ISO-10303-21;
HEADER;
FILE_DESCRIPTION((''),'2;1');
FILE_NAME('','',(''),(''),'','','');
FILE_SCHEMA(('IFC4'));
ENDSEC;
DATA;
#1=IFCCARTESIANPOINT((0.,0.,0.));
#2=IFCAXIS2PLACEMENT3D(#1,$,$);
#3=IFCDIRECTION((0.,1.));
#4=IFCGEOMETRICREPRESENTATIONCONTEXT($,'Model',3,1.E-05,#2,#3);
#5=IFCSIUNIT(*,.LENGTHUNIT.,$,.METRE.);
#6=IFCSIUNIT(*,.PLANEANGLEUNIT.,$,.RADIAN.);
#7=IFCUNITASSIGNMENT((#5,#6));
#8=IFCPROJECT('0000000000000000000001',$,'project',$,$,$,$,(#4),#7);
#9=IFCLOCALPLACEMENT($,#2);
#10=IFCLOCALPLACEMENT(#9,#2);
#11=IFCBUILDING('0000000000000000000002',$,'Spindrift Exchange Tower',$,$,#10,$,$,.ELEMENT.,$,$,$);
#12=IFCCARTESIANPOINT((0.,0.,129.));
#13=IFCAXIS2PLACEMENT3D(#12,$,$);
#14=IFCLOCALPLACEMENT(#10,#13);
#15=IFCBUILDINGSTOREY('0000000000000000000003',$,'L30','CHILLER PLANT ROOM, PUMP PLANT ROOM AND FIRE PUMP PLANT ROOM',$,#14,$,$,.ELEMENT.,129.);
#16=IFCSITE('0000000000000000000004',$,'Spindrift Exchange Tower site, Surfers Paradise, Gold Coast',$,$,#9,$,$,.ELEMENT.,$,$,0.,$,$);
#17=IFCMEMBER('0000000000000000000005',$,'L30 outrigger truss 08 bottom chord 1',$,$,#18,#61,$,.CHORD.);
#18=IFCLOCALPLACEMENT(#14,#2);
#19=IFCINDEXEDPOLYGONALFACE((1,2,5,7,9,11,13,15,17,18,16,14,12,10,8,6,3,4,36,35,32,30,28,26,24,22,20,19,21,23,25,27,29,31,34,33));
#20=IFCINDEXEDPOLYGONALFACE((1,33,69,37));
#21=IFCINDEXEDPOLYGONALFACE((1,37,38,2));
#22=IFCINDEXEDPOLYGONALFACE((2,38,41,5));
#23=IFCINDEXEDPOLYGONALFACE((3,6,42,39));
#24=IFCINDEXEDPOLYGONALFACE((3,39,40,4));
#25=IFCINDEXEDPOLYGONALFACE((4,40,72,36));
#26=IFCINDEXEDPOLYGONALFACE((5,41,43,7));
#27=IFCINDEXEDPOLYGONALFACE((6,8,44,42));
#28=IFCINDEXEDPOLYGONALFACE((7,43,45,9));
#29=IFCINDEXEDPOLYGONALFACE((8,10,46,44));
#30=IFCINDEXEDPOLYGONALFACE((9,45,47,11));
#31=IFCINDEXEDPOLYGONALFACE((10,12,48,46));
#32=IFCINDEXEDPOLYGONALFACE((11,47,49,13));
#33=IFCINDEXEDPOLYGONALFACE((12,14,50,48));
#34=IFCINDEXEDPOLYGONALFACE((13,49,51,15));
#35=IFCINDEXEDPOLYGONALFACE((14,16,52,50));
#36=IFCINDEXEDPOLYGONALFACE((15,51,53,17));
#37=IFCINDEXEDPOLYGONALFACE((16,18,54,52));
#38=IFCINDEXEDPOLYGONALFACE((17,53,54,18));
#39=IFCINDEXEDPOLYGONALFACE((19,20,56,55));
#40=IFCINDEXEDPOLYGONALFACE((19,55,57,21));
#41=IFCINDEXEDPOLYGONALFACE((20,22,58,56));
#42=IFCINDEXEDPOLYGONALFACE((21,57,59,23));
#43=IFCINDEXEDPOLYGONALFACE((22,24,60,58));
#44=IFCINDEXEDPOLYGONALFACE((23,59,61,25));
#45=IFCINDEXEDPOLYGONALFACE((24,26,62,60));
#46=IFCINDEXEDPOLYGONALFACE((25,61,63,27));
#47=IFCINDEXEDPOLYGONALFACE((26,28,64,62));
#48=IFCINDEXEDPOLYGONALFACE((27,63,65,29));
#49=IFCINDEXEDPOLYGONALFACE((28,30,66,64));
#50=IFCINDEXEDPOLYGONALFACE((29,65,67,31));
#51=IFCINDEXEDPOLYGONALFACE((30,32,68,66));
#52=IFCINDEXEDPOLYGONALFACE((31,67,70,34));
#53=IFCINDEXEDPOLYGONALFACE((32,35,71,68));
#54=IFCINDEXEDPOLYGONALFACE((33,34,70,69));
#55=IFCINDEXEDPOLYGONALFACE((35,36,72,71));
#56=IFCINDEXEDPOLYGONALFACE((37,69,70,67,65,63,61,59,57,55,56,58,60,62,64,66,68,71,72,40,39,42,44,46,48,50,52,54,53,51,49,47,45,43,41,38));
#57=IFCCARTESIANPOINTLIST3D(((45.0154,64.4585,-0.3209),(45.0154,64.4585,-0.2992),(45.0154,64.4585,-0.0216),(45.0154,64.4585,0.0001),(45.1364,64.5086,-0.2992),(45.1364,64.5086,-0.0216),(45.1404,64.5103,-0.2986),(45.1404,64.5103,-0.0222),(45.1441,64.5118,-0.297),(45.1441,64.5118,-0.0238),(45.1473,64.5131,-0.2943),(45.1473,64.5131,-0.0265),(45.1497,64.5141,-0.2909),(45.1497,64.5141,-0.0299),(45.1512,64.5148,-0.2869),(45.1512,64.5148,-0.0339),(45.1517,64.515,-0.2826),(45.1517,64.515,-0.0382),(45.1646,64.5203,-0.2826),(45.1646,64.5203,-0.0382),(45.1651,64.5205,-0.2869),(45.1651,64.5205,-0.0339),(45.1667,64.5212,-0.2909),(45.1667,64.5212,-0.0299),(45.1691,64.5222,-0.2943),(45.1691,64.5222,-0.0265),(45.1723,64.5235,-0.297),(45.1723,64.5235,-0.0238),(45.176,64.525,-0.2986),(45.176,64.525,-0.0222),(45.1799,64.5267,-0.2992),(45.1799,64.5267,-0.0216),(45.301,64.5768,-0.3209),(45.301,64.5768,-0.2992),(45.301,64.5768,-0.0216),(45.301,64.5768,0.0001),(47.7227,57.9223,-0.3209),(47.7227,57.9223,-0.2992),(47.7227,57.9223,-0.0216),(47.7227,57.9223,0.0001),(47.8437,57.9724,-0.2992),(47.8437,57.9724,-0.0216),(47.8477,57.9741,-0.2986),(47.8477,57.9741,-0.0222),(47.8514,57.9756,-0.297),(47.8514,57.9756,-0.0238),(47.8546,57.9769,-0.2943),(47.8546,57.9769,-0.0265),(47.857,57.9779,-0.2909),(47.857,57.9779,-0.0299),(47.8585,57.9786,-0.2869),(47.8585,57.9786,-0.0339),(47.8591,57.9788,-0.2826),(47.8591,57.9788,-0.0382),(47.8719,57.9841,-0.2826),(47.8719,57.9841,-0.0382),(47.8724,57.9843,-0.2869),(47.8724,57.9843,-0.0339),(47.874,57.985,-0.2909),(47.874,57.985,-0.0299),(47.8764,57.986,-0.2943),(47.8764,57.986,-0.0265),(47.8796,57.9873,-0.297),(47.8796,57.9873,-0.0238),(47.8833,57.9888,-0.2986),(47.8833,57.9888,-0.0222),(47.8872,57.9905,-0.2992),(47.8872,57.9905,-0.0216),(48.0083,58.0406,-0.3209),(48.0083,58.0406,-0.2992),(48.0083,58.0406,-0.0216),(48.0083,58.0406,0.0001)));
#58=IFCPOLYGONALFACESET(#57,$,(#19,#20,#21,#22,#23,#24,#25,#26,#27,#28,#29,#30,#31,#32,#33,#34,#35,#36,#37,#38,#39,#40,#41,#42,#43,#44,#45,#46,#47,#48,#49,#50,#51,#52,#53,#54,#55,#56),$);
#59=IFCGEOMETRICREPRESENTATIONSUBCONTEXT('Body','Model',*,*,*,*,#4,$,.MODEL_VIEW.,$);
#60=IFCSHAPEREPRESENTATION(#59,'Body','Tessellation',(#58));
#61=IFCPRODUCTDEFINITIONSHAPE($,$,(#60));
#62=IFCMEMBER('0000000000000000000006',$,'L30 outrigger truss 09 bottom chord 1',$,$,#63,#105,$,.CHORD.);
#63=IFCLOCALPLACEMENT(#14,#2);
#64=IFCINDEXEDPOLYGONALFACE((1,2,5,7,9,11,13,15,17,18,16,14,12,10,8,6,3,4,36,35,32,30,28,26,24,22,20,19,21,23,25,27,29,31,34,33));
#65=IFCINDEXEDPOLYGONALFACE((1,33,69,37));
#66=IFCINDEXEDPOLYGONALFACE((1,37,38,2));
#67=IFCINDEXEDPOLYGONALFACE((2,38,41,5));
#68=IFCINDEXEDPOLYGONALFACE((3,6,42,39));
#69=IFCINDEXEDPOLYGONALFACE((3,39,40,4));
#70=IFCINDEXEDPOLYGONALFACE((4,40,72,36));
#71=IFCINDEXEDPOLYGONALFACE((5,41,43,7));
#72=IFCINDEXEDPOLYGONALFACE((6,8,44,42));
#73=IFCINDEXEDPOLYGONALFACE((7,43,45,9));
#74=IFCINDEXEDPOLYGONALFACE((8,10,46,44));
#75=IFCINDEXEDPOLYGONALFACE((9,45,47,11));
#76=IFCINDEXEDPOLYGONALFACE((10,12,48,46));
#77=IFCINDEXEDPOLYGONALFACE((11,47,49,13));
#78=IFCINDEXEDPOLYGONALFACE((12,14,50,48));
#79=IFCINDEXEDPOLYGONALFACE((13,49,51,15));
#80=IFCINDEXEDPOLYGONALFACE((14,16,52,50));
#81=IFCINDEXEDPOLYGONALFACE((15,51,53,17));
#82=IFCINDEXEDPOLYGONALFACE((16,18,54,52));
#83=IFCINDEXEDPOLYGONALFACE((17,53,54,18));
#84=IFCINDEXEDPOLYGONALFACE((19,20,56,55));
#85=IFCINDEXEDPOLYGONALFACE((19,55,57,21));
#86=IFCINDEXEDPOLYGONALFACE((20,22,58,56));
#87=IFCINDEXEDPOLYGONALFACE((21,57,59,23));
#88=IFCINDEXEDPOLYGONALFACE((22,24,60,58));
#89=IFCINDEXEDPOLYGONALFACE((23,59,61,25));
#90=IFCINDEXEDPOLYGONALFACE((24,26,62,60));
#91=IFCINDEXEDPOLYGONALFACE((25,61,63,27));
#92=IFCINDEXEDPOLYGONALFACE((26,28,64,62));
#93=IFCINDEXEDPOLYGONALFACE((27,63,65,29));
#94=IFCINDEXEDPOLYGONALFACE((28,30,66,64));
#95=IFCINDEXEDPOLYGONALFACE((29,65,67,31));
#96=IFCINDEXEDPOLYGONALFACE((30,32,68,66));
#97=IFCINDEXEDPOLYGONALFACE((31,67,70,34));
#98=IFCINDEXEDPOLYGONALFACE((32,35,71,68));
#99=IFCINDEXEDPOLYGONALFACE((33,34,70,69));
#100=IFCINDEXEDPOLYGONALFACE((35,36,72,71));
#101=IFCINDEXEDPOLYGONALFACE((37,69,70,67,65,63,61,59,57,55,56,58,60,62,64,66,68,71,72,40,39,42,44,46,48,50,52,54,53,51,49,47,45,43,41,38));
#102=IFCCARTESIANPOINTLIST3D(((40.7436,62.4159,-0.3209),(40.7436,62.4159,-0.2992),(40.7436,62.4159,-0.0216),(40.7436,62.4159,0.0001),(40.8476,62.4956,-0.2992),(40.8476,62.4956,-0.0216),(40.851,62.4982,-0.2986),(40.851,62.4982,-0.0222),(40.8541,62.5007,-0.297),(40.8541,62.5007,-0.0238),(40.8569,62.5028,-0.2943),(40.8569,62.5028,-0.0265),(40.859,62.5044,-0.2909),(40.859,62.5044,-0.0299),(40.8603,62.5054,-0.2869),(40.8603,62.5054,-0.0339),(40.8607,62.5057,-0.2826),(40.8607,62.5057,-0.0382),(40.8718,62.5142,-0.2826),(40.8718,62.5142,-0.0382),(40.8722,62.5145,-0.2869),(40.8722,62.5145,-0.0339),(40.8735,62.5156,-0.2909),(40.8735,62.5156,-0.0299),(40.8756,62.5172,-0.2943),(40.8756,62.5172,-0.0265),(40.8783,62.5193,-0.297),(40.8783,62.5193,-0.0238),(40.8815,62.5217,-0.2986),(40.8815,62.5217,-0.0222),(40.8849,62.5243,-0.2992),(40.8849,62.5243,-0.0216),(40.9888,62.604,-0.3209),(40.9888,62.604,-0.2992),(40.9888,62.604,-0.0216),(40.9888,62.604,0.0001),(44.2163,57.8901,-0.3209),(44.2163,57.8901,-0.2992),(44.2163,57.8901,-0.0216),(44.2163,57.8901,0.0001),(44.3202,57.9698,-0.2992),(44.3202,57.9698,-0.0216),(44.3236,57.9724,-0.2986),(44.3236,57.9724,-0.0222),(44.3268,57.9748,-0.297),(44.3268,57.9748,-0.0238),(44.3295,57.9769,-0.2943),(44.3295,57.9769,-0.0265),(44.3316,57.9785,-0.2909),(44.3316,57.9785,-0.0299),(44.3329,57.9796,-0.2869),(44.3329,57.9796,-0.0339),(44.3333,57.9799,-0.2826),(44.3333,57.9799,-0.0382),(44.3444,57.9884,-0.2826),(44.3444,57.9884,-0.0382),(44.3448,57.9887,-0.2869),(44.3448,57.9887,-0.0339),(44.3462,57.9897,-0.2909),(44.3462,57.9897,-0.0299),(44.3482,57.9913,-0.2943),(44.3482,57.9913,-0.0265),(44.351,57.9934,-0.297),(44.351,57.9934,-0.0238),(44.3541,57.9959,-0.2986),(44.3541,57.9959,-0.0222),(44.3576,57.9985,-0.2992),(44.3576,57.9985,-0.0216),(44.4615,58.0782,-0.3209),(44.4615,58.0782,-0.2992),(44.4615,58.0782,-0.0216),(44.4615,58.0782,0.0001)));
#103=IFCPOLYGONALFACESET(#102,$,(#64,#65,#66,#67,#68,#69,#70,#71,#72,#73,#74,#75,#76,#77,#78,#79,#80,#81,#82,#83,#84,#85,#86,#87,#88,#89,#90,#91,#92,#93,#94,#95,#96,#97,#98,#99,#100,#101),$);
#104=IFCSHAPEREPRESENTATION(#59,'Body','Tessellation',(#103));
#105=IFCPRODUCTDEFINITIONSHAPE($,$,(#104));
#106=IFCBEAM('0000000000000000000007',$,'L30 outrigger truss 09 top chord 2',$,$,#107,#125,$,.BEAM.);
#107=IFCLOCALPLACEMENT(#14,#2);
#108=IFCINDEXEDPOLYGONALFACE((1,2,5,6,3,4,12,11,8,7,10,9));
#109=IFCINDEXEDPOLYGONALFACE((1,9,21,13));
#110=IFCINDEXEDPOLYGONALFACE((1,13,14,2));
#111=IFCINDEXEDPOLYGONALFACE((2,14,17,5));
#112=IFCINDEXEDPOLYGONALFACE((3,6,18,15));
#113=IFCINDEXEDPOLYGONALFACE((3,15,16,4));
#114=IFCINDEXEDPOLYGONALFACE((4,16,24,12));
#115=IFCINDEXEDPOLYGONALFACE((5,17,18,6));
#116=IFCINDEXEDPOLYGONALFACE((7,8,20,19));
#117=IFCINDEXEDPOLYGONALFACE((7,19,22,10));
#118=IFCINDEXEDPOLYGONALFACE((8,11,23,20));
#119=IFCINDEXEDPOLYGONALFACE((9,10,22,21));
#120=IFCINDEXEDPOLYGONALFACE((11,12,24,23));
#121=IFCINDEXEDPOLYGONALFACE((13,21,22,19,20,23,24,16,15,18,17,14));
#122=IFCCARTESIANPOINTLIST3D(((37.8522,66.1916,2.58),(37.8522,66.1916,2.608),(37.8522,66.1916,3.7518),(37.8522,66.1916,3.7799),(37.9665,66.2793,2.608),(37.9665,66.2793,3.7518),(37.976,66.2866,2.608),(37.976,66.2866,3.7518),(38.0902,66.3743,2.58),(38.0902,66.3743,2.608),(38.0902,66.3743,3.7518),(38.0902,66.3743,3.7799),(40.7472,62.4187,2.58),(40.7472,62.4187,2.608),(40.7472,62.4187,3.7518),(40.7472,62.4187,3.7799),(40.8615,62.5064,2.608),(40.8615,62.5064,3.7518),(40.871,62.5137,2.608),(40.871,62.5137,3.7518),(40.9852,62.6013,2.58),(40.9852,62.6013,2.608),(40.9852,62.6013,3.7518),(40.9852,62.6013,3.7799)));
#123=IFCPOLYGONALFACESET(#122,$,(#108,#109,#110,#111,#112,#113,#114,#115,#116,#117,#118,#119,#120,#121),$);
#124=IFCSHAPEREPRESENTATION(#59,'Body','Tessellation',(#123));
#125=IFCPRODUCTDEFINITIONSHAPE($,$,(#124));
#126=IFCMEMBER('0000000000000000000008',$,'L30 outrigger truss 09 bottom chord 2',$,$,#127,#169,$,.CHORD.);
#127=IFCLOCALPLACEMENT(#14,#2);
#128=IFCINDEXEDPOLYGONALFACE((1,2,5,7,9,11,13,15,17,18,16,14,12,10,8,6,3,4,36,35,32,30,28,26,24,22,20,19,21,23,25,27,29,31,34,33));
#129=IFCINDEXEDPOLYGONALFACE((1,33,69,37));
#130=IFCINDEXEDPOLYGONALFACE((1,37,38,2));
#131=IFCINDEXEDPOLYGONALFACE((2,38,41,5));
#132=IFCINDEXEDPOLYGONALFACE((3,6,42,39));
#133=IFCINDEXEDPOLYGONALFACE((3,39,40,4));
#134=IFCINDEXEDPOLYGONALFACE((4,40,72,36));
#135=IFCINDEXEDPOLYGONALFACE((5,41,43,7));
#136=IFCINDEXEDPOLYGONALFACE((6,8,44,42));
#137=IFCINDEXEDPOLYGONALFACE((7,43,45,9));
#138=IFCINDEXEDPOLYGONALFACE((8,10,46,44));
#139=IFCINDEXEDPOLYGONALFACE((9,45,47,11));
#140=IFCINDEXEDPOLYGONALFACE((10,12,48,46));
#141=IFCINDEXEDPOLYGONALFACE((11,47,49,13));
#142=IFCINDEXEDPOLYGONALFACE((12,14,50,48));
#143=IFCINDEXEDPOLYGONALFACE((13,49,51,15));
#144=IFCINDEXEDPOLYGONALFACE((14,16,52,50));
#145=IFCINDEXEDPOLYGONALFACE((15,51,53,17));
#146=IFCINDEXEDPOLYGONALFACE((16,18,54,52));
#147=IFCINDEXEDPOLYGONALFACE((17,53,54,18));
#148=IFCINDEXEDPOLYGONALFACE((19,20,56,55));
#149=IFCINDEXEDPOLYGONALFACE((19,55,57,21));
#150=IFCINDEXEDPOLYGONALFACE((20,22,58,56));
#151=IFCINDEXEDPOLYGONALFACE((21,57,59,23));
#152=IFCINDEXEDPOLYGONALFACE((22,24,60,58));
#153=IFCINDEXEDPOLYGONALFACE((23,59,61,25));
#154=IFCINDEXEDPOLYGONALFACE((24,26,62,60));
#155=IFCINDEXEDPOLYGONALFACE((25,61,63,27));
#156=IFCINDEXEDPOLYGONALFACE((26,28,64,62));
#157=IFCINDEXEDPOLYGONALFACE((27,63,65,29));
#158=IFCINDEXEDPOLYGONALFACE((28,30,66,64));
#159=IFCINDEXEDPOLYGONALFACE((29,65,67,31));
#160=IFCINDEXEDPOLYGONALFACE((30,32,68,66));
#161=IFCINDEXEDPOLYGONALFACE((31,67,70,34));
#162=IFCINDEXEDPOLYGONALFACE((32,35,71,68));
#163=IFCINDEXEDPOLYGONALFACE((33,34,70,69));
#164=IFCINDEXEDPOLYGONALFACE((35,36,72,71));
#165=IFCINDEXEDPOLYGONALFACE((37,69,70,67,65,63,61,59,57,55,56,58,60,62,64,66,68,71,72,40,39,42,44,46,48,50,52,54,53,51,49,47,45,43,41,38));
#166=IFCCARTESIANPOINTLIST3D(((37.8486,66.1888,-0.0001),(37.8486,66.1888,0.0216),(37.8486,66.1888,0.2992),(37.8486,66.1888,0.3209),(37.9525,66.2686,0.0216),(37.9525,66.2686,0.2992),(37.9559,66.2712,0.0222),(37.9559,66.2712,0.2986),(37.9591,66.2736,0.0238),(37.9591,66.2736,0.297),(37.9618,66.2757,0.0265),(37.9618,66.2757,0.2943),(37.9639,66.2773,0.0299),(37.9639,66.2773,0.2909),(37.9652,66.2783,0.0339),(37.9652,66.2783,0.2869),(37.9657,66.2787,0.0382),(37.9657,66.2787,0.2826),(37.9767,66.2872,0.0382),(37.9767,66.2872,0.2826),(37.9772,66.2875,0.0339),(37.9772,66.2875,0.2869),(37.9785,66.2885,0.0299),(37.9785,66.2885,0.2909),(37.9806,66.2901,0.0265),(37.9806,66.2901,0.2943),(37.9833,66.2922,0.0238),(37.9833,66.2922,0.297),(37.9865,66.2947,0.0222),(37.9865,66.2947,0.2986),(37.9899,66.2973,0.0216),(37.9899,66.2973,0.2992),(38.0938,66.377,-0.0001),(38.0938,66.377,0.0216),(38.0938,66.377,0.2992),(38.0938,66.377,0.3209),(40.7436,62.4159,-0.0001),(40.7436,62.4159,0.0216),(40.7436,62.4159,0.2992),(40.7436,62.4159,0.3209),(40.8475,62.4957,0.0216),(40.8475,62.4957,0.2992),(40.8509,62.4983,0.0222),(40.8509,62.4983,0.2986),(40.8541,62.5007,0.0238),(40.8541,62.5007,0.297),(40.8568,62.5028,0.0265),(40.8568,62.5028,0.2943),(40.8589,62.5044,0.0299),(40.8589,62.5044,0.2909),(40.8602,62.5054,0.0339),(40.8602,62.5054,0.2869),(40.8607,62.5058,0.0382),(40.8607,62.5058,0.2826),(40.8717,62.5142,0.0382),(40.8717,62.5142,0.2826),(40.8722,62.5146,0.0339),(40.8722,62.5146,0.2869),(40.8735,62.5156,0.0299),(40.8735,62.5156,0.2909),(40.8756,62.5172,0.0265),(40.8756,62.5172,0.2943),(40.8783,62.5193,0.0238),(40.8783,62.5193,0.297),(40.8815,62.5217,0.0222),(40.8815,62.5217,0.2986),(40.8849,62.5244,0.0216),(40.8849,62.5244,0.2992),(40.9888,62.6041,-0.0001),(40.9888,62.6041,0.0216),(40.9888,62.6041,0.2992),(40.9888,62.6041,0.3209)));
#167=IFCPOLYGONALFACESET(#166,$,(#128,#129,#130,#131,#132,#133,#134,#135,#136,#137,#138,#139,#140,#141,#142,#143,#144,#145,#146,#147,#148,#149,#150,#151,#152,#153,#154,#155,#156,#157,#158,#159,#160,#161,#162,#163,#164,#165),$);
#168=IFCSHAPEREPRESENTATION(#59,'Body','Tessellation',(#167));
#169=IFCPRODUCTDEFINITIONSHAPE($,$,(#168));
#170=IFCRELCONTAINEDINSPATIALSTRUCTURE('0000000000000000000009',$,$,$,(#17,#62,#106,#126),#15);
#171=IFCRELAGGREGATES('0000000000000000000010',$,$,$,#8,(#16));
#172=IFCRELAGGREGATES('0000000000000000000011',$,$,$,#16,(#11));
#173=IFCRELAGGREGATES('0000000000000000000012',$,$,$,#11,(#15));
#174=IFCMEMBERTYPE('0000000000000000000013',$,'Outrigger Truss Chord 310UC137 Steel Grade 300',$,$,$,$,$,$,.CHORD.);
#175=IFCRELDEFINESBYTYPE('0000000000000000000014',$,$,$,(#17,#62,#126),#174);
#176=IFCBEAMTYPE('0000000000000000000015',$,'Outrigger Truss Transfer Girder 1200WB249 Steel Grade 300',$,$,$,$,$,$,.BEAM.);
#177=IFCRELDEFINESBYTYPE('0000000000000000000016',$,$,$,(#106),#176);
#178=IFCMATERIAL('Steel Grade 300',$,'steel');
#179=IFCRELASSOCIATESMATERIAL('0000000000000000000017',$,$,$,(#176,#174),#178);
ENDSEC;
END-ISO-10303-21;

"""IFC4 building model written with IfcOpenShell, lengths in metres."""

from ifc_helpers import new_model, si_unit, direction, frame, origin, origin_2d, place, context, subcontext, project, spatial, i_section, extrude, source, transform, mapped, material, material_profile, profile_set, type_object, element, save


model = new_model("IFC4")

# Units and contexts
model_context = context("Model", 3, precision=1e-05, world=origin(), true_north=direction((0.0, 1.0)))
body_context = subcontext(model_context, "Body", "Model", "MODEL_VIEW")
ifc_project = project(units=[si_unit("LENGTHUNIT", "METRE"), si_unit("PLANEANGLEUNIT", "RADIAN")], contexts=[model_context])

# Site, building, storey
site_placement = place(None, origin())
site = spatial("IfcSite", under=ifc_project, at=site_placement, Name="Spindrift Exchange Tower site, Surfers Paradise, Gold Coast", CompositionType="ELEMENT", RefElevation=0.0)
building_placement = place(site_placement, origin())
building = spatial("IfcBuilding", under=site, at=building_placement, Name="Spindrift Exchange Tower", CompositionType="ELEMENT")
storey_placement = place(building_placement, frame((0.0, 0.0, 129.0)))
storey = spatial("IfcBuildingStorey", under=building, at=storey_placement, Name="L30", Description="CHILLER PLANT ROOM, PUMP PLANT ROOM AND FIRE PUMP PLANT ROOM", CompositionType="ELEMENT", Elevation=129.0)

# Shared definitions
ifc_material_1 = material(Name="Steel Grade 300", Category="steel")
ifc_material_profile_1 = material_profile(ifc_material_1, i_section(OverallWidth=0.3, OverallDepth=1.2, WebThickness=0.012, FlangeThickness=0.0281, at=origin_2d()), Name="1200WB249")
ifc_profile_set_1 = profile_set([ifc_material_profile_1], Name="Steel Grade 300")
beam_type = type_object("IfcBeamType", Name="Outrigger Truss Transfer Girder 1200WB249 Steel Grade 300", PredefinedType="BEAM", material=ifc_profile_set_1)

# Members
ifc_material_profile_2 = material_profile(ifc_material_1, i_section(OverallWidth=0.3091, OverallDepth=0.321, WebThickness=0.0139, FlangeThickness=0.0217, FilletRadius=0.0166, at=origin_2d()), Name="310UC137")
ifc_profile_set_2 = profile_set([ifc_material_profile_2], Name="Steel Grade 300")
member_type_1 = type_object("IfcMemberType", Name="Outrigger Truss Chord 310UC137 Steel Grade 300", PredefinedType="CHORD", material=ifc_profile_set_2)
shared_shape_1 = source(origin(), body_context, "Body", "SweptSolid", [
    extrude(i_section(OverallWidth=0.3091, OverallDepth=0.321, WebThickness=0.0139, FlangeThickness=0.0217, FilletRadius=0.0166, at=origin_2d()), origin(), (0.0, 0.0, 1.0), 7.0747),
])
member_1_placement = place(storey_placement, frame((47.8655, 57.9814, -0.1604), z_axis=(-0.382674, 0.923884, 0.0), x_axis=(-0.923884, -0.382674, 0.0)))
element("IfcMember", 1, at=member_1_placement, inside=storey, type_object=member_type_1, Name="L30 outrigger truss 08 bottom chord 1", PredefinedType="CHORD", context=body_context, shape_type="MappedRepresentation", body=[
    mapped(shared_shape_1, transform((0.0, 0.0, 0.0), scale=1.0)),
])
shared_shape_2 = source(origin(), body_context, "Body", "SweptSolid", [
    extrude(i_section(OverallWidth=0.3091, OverallDepth=0.321, WebThickness=0.0139, FlangeThickness=0.0217, FilletRadius=0.0166, at=origin_2d()), origin(), (0.0, 0.0, 1.0), 5.7046),
])
member_2_placement = place(storey_placement, frame((44.3389, 57.9841, -0.1604), z_axis=(-0.608742, 0.793368, 0.0), x_axis=(-0.793368, -0.608742, 0.0)))
element("IfcMember", 2, at=member_2_placement, inside=storey, type_object=member_type_1, Name="L30 outrigger truss 09 bottom chord 1", PredefinedType="CHORD", context=body_context, shape_type="MappedRepresentation", body=[
    mapped(shared_shape_2, transform((0.0, 0.0, 0.0), scale=1.0)),
])

# Beam
shared_shape_3 = source(origin(), body_context, "Body", "SweptSolid", [
    extrude(i_section(OverallWidth=0.3, OverallDepth=1.2, WebThickness=0.012, FlangeThickness=0.0281, at=origin_2d()), origin(), (0.0, 0.0, 1.0), 4.7556),
])
beam_1_placement = place(storey_placement, frame((40.8662, 62.51, 3.1799), z_axis=(-0.608753, 0.79336, 0.0), x_axis=(-0.79336, -0.608753, 0.0)))
element("IfcBeam", 3, at=beam_1_placement, inside=storey, type_object=beam_type, Name="L30 outrigger truss 09 top chord 2", PredefinedType="BEAM", context=body_context, shape_type="MappedRepresentation", body=[
    mapped(shared_shape_3, transform((0.0, 0.0, 0.0), scale=1.0)),
])

# Member
shared_shape_4 = source(origin(), body_context, "Body", "SweptSolid", [
    extrude(i_section(OverallWidth=0.3091, OverallDepth=0.321, WebThickness=0.0139, FlangeThickness=0.0217, FilletRadius=0.0166, at=origin_2d()), origin(), (0.0, 0.0, 1.0), 4.7556),
])
member_3_placement = place(storey_placement, frame((40.8662, 62.51, 0.1604), z_axis=(-0.608753, 0.79336, 0.0), x_axis=(-0.79336, -0.608753, 0.0)))
element("IfcMember", 4, at=member_3_placement, inside=storey, type_object=member_type_1, Name="L30 outrigger truss 09 bottom chord 2", PredefinedType="CHORD", context=body_context, shape_type="MappedRepresentation", body=[
    mapped(shared_shape_4, transform((0.0, 0.0, 0.0), scale=1.0)),
])

save(model, "model.ifc")
